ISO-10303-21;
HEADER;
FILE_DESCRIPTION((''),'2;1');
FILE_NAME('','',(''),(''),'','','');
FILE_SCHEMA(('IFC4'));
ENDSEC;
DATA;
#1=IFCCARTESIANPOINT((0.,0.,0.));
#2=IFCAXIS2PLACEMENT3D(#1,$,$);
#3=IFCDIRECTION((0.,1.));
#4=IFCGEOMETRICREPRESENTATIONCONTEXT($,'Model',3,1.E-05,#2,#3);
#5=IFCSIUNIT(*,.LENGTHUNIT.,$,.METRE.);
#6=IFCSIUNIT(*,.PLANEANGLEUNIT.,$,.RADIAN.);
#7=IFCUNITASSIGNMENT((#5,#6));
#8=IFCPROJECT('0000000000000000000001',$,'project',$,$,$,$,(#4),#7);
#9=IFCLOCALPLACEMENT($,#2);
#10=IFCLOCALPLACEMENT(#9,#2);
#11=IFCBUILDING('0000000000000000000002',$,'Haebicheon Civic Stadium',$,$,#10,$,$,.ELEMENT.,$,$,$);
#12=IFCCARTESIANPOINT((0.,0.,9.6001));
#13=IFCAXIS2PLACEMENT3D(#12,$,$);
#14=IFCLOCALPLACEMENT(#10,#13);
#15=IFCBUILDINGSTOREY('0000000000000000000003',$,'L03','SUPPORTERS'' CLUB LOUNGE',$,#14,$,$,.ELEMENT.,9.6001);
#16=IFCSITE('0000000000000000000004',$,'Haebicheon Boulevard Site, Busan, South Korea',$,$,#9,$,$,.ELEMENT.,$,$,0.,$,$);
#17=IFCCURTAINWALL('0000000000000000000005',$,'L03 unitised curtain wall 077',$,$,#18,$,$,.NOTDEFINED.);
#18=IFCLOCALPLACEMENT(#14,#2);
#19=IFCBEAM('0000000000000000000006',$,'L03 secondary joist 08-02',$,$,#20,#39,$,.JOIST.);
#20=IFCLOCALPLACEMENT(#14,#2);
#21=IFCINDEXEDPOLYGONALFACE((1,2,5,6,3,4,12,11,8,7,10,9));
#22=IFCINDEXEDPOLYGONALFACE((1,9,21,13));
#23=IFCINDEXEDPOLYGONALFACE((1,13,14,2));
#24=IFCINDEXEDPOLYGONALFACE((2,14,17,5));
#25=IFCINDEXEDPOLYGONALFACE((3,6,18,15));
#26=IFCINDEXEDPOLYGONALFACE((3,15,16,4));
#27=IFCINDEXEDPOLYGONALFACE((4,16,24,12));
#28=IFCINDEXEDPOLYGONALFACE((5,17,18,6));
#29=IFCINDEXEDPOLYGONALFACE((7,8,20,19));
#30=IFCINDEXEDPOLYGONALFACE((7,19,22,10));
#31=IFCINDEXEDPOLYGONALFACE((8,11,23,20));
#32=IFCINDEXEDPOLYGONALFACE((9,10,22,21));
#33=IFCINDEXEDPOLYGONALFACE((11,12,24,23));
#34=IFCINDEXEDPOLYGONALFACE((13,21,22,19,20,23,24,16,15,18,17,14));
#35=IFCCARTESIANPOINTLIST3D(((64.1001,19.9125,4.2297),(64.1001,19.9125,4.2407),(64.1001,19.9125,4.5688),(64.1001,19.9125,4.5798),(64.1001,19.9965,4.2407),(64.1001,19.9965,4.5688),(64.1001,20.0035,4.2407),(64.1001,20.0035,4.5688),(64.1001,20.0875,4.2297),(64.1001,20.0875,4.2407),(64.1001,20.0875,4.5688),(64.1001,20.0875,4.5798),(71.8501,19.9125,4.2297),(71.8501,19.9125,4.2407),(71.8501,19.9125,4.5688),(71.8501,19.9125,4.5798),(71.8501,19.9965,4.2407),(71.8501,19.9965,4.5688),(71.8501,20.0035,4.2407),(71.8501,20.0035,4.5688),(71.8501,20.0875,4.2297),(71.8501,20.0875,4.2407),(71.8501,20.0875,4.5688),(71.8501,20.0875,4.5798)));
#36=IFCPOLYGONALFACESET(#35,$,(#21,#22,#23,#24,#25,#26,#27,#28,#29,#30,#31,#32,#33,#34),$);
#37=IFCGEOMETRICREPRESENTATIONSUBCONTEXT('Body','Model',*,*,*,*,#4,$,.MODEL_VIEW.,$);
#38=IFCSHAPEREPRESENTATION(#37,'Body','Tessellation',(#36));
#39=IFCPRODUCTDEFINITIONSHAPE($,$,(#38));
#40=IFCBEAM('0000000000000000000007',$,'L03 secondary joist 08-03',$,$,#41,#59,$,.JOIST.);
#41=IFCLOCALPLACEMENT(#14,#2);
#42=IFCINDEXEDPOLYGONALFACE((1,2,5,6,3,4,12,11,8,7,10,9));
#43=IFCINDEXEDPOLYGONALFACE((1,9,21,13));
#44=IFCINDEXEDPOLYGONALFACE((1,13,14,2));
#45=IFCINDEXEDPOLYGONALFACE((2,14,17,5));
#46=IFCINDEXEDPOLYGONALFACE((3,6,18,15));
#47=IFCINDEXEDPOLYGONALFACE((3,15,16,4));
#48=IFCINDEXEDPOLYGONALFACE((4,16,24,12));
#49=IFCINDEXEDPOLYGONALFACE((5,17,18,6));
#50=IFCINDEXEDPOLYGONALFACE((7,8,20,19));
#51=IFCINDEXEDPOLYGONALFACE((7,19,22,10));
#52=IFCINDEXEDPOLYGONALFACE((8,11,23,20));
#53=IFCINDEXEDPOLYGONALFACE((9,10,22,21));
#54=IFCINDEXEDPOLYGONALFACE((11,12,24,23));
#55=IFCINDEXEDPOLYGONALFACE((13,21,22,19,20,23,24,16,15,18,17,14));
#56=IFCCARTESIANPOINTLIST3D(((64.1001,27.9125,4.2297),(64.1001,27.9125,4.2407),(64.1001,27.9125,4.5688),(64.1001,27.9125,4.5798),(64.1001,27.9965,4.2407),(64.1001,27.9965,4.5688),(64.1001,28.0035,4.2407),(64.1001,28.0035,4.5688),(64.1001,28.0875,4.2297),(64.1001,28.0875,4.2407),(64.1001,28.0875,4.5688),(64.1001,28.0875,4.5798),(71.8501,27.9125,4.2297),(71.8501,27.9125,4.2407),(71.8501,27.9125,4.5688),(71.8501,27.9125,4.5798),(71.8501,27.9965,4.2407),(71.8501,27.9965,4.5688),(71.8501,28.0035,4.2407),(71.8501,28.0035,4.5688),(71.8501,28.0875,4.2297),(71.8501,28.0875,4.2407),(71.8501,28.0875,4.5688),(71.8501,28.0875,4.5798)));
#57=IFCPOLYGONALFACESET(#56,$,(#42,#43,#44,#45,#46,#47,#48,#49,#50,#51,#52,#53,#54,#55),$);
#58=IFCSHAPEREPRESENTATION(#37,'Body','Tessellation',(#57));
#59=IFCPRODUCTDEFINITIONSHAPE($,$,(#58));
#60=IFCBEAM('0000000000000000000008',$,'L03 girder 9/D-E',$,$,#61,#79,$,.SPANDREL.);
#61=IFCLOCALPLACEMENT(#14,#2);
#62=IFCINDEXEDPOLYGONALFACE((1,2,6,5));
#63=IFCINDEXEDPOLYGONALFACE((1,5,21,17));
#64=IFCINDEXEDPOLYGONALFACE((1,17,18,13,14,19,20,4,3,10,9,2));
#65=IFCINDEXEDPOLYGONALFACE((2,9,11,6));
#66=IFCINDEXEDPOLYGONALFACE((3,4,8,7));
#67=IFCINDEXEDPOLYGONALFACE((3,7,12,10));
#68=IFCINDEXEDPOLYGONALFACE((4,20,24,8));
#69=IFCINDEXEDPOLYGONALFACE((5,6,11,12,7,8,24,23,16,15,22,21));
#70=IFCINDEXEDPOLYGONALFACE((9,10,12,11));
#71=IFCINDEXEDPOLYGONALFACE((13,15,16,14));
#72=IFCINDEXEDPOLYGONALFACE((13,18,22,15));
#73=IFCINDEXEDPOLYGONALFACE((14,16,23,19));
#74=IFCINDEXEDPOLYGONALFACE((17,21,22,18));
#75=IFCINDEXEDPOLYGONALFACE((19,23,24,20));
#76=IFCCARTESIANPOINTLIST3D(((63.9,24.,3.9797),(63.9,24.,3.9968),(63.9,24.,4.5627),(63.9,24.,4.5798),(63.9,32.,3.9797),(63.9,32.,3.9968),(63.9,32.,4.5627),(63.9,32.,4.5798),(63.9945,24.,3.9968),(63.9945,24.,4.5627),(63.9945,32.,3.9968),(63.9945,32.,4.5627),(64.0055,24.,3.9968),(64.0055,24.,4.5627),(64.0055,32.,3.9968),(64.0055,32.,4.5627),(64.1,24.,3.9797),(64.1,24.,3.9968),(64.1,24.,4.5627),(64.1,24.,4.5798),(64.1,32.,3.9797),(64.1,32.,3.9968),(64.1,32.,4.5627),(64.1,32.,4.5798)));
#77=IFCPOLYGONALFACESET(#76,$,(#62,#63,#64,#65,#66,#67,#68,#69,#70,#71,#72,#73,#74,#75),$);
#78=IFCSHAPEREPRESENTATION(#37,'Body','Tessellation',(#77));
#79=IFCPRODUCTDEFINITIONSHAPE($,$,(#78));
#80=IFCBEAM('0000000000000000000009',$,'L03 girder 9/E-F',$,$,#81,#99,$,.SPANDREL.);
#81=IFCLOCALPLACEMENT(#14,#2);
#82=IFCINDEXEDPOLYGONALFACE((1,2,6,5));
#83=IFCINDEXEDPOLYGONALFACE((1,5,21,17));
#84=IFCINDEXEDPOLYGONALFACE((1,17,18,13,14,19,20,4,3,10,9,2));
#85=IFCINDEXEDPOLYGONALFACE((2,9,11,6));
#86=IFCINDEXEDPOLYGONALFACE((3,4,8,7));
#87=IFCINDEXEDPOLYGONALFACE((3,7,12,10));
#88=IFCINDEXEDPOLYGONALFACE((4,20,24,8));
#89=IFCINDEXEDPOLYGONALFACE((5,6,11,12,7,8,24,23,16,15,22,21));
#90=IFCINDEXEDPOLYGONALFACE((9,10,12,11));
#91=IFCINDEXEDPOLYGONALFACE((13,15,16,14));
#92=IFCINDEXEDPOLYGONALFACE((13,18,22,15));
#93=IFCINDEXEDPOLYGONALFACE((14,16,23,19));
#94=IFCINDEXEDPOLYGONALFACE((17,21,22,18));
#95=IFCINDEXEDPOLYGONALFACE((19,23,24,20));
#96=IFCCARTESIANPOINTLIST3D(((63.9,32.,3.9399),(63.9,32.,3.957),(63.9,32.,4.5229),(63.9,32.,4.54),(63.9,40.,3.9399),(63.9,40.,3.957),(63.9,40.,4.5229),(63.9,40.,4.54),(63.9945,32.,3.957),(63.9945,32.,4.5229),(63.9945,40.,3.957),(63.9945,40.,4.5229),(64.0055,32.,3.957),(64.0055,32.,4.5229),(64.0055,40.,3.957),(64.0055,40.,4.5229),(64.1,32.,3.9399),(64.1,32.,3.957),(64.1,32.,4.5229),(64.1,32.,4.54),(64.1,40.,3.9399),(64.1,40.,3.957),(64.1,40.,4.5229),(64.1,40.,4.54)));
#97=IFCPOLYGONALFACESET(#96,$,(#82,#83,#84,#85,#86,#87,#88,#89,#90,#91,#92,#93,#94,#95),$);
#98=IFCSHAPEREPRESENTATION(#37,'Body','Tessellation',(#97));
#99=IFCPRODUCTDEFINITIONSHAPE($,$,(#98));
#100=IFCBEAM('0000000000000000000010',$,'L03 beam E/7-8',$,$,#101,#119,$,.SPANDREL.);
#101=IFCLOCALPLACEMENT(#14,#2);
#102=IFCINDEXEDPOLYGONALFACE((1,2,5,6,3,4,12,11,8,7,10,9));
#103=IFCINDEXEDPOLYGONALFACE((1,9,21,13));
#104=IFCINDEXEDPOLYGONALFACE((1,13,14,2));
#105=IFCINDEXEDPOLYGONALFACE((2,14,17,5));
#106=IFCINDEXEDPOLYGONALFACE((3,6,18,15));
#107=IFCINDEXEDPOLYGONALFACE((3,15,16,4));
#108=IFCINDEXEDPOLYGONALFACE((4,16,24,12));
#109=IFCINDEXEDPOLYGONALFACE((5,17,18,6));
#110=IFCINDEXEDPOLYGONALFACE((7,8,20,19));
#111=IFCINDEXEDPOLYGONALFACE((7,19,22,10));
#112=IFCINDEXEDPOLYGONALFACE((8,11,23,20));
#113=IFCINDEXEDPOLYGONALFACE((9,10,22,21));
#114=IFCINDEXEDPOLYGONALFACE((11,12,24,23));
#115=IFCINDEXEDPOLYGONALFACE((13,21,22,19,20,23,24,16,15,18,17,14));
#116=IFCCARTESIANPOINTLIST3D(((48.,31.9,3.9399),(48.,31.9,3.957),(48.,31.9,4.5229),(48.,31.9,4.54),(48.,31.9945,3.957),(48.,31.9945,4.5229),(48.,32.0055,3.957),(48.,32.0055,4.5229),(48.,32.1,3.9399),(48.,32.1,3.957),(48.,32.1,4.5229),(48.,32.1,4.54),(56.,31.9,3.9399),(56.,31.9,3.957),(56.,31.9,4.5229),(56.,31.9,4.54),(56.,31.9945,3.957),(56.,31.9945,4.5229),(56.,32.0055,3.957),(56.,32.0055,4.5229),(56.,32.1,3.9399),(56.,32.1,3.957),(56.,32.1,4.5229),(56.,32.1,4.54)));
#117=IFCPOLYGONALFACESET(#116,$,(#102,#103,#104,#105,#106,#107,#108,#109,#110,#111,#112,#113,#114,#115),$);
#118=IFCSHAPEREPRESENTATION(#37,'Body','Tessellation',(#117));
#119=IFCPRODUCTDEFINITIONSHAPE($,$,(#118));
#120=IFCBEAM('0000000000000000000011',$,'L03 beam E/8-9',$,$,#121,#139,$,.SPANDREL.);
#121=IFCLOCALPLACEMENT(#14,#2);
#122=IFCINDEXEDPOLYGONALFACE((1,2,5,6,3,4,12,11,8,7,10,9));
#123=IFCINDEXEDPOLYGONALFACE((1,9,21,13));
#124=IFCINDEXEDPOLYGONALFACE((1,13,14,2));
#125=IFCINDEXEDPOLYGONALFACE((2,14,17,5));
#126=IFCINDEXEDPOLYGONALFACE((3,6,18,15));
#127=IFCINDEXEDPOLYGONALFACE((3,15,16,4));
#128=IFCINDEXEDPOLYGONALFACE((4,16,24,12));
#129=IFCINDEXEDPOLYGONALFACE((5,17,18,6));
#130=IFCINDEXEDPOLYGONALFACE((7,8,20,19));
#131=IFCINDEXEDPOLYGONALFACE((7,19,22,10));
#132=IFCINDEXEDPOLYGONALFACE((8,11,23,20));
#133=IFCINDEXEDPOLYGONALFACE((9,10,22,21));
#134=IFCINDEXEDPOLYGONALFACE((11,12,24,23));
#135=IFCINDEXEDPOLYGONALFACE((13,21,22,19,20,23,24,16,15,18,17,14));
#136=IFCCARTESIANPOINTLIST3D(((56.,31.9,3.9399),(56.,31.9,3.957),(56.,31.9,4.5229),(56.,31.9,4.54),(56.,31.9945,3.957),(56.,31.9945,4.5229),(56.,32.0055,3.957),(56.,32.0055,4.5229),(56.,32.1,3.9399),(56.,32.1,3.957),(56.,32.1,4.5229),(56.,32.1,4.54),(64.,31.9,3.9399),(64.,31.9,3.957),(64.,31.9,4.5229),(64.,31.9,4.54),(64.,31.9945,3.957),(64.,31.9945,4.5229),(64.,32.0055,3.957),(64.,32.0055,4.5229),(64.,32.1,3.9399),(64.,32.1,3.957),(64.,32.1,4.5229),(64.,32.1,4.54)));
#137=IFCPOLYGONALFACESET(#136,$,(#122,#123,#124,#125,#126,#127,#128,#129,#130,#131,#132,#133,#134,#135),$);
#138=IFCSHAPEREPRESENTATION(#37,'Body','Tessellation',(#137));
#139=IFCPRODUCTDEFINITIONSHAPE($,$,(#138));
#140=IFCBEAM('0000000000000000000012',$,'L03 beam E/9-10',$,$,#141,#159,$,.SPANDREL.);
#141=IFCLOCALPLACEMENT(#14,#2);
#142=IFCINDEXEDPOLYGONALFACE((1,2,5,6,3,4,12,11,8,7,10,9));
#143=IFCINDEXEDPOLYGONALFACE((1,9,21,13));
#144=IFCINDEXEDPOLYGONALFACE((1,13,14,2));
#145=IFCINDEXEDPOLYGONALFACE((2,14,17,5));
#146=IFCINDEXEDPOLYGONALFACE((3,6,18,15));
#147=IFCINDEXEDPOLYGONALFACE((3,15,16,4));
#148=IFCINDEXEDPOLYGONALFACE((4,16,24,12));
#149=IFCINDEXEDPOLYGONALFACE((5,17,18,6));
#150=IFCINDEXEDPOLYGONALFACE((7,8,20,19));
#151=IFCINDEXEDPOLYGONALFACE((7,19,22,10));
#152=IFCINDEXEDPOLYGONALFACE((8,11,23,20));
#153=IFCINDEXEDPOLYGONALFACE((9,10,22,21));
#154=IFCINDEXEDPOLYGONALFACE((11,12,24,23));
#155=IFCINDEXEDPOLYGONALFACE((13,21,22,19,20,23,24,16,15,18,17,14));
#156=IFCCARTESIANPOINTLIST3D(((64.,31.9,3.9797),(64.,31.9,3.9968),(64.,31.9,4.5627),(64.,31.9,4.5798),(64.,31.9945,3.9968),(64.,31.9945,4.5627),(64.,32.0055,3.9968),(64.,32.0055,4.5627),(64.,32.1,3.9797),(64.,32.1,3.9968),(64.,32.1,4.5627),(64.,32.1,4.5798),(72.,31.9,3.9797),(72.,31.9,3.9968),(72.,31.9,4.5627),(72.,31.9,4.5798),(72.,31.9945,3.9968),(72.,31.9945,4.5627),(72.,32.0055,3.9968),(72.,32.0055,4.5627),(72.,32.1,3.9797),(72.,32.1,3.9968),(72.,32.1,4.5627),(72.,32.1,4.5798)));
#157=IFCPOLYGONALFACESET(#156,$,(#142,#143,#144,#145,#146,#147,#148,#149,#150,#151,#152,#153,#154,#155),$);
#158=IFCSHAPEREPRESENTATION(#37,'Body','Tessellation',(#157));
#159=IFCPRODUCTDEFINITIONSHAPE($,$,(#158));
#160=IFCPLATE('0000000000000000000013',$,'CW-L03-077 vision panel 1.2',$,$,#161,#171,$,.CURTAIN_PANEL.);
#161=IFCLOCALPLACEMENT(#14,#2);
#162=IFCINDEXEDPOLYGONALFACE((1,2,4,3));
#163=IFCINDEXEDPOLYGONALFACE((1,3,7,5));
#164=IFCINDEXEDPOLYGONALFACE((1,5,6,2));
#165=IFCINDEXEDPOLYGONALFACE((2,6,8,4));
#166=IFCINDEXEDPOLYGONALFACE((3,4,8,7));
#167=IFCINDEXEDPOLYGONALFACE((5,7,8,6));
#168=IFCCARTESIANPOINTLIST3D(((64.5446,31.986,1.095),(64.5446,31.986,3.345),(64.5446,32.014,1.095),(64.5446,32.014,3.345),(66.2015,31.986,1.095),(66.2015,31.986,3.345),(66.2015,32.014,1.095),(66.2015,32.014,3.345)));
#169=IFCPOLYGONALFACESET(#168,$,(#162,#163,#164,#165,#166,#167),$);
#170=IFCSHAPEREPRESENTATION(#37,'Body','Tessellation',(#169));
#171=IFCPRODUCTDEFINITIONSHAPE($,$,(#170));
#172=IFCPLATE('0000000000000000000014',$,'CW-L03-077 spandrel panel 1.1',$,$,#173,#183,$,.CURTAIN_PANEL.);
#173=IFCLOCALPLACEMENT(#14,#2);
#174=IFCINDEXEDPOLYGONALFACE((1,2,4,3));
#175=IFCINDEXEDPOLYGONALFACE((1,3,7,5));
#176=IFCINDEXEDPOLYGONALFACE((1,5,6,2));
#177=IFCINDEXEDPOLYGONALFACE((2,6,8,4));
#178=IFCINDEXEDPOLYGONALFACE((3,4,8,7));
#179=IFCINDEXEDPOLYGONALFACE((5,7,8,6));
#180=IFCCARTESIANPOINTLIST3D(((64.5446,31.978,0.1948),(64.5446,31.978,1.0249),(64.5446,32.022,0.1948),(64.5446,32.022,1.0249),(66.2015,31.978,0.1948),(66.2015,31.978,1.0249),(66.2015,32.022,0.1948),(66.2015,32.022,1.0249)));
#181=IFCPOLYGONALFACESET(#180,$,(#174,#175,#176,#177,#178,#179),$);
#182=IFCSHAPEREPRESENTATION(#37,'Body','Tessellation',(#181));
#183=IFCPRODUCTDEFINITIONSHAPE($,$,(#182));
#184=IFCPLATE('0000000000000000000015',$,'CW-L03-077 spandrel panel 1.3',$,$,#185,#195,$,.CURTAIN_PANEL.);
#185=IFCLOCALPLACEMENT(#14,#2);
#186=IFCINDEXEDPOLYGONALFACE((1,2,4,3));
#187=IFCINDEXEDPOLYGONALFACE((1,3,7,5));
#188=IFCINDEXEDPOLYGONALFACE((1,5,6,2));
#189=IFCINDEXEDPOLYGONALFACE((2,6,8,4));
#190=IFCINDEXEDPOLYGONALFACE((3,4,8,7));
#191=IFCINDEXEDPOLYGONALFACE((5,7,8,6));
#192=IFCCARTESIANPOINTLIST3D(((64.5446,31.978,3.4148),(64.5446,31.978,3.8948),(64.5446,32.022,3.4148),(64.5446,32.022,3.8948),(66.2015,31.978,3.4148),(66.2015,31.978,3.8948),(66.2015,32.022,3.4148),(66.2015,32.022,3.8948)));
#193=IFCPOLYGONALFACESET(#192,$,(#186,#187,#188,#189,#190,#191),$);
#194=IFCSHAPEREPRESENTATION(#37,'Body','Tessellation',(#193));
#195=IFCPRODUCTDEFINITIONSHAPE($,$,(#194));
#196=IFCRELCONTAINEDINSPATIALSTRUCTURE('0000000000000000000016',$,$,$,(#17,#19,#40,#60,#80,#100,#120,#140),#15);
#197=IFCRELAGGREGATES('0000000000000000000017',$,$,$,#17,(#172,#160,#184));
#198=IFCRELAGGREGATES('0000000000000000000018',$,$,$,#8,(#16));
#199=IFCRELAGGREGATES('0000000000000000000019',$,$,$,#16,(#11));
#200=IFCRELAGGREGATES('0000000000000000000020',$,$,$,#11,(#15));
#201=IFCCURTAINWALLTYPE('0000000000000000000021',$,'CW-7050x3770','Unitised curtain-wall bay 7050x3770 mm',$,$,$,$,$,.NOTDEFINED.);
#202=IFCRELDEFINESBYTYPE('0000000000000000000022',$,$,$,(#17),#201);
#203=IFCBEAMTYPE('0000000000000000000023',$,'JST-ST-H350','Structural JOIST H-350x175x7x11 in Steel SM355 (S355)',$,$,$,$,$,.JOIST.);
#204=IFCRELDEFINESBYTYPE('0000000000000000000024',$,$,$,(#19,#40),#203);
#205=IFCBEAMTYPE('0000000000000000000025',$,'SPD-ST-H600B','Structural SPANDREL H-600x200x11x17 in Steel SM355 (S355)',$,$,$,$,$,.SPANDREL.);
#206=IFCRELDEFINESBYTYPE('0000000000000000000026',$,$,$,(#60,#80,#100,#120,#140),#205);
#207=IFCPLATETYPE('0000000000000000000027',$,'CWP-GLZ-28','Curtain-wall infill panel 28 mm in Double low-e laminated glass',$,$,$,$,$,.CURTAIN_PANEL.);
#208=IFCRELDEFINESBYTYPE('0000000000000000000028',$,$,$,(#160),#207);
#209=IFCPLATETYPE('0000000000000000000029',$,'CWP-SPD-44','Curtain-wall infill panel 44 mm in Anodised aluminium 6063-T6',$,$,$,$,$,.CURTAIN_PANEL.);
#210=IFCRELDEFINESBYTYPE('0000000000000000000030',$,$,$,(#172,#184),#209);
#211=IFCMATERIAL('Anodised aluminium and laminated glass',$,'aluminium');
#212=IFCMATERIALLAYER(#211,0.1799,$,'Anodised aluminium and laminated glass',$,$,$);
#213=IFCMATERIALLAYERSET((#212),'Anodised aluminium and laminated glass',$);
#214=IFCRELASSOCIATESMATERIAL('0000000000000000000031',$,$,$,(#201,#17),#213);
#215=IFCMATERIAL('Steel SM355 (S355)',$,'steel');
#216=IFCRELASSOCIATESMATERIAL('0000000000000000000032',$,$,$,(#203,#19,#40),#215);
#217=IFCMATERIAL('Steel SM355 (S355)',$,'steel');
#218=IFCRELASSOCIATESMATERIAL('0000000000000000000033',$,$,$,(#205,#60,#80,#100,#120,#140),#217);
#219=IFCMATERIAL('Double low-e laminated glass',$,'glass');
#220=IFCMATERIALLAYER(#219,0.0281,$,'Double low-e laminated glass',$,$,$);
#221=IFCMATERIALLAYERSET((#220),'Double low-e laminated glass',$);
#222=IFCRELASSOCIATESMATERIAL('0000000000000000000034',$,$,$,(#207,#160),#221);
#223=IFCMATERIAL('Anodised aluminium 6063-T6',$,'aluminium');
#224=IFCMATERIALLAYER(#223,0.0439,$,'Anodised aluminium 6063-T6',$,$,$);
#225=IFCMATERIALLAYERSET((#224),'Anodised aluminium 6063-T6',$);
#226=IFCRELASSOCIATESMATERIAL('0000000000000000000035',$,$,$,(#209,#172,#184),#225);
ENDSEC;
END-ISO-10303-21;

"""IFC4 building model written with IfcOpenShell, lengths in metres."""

from ifc_helpers import new_model, si_unit, direction, frame, origin, origin_2d, place, context, subcontext, project, spatial, rectangle, i_section, extrude, material, layer, layer_set, material_profile, profile_set, type_object, element, aggregate, save


model = new_model("IFC4")

# Units and contexts
model_context = context("Model", 3, precision=1e-05, world=origin(), true_north=direction((0.0, 1.0)))
body_context = subcontext(model_context, "Body", "Model", "MODEL_VIEW")
ifc_project = project(units=[si_unit("LENGTHUNIT", "METRE"), si_unit("PLANEANGLEUNIT", "RADIAN")], contexts=[model_context])

# Site, building, storey
site_placement = place(None, origin())
site = spatial("IfcSite", under=ifc_project, at=site_placement, Name="Haebicheon Boulevard Site, Busan, South Korea", CompositionType="ELEMENT", RefElevation=0.0)
building_placement = place(site_placement, origin())
building = spatial("IfcBuilding", under=site, at=building_placement, Name="Haebicheon Civic Stadium", CompositionType="ELEMENT")
storey_placement = place(building_placement, frame((0.0, 0.0, 9.6001)))
storey = spatial("IfcBuildingStorey", under=building, at=storey_placement, Name="L03", Description="SUPPORTERS' CLUB LOUNGE", CompositionType="ELEMENT", Elevation=9.6001)

# Shared definitions
ifc_material_1 = material(Name="Anodised aluminium and laminated glass", Category="aluminium")
ifc_layer_1 = layer(ifc_material_1, 0.1799, Name="Anodised aluminium and laminated glass")
ifc_layer_set_1 = layer_set([ifc_layer_1], Name="Anodised aluminium and laminated glass")
curtain_wall_type = type_object("IfcCurtainWallType", Name="CW-7050x3770", Description="Unitised curtain-wall bay 7050x3770 mm", PredefinedType="NOTDEFINED", material=ifc_layer_set_1)

# Curtain wall
curtain_wall_1_placement = place(storey_placement, origin())
curtain_wall_1 = element("IfcCurtainWall", 1, at=curtain_wall_1_placement, inside=storey, type_object=curtain_wall_type, material=ifc_layer_set_1, Name="L03 unitised curtain wall 077", PredefinedType="NOTDEFINED")

# Beams
ifc_material_2 = material(Name="Steel SM355 (S355)", Category="steel")
ifc_material_profile_1 = material_profile(ifc_material_2, i_section(OverallWidth=0.175, OverallDepth=0.3501, WebThickness=0.0071, FlangeThickness=0.011, at=origin_2d()), Name="H-350x175x7x11")
ifc_profile_set_1 = profile_set([ifc_material_profile_1], Name="Steel SM355 (S355)")
beam_type_1 = type_object("IfcBeamType", Name="JST-ST-H350", Description="Structural JOIST H-350x175x7x11 in Steel SM355 (S355)", PredefinedType="JOIST", material=ifc_profile_set_1)
for number, where, z_axis, x_axis, name in (
    (2, (64.1001, 20.0, 4.4048), (1.0, 0.0, 0.0), (0.0, 1.0, 0.0), "L03 secondary joist 08-02"),
    (3, (64.1001, 28.0, 4.4048), (1.0, 0.0, 0.0), (0.0, 1.0, 0.0), "L03 secondary joist 08-03"),
):
    element("IfcBeam", number, at=place(storey_placement, frame(where, z_axis=z_axis, x_axis=x_axis)), inside=storey, type_object=beam_type_1, material=ifc_profile_set_1, Name=name, PredefinedType="JOIST", context=body_context, shape_type="SweptSolid", body=[
        extrude(i_section(OverallWidth=0.175, OverallDepth=0.3501, WebThickness=0.0071, FlangeThickness=0.011, at=origin_2d()), origin(), (0.0, 0.0, 1.0), 7.75),
    ])
ifc_material_3 = material(Name="Steel SM355 (S355)", Category="steel")
ifc_material_profile_2 = material_profile(ifc_material_3, i_section(OverallWidth=0.2, OverallDepth=0.6001, WebThickness=0.011, FlangeThickness=0.0171, at=origin_2d()), Name="H-600x200x11x17")
ifc_profile_set_2 = profile_set([ifc_material_profile_2], Name="Steel SM355 (S355)")
beam_type_2 = type_object("IfcBeamType", Name="SPD-ST-H600B", Description="Structural SPANDREL H-600x200x11x17 in Steel SM355 (S355)", PredefinedType="SPANDREL", material=ifc_profile_set_2)
for number, where, z_axis, x_axis, name in (
    (4, (64.0, 24.0, 4.2798), (0.0, 1.0, 0.0), (-1.0, 0.0, 0.0), "L03 girder 9/D-E"),
    (5, (64.0, 32.0, 4.24), (0.0, 1.0, 0.0), (-1.0, 0.0, 0.0), "L03 girder 9/E-F"),
    (6, (48.0, 32.0, 4.24), (1.0, 0.0, 0.0), (0.0, 1.0, 0.0), "L03 beam E/7-8"),
    (7, (56.0, 32.0, 4.24), (1.0, 0.0, 0.0), (0.0, 1.0, 0.0), "L03 beam E/8-9"),
    (8, (64.0, 32.0, 4.2798), (1.0, 0.0, 0.0), (0.0, 1.0, 0.0), "L03 beam E/9-10"),
):
    element("IfcBeam", number, at=place(storey_placement, frame(where, z_axis=z_axis, x_axis=x_axis)), inside=storey, type_object=beam_type_2, material=ifc_profile_set_2, Name=name, PredefinedType="SPANDREL", context=body_context, shape_type="SweptSolid", body=[
        extrude(i_section(OverallWidth=0.2, OverallDepth=0.6001, WebThickness=0.011, FlangeThickness=0.0171, at=origin_2d()), origin(), (0.0, 0.0, 1.0), 8.0),
    ])

# Plates
ifc_material_4 = material(Name="Double low-e laminated glass", Category="glass")
ifc_layer_2 = layer(ifc_material_4, 0.0281, Name="Double low-e laminated glass")
ifc_layer_set_2 = layer_set([ifc_layer_2], Name="Double low-e laminated glass")
plate_type_1 = type_object("IfcPlateType", Name="CWP-GLZ-28", Description="Curtain-wall infill panel 28 mm in Double low-e laminated glass", PredefinedType="CURTAIN_PANEL", material=ifc_layer_set_2)
plate_1_placement = place(storey_placement, frame((65.373, 32.0, 1.095), z_axis=(0.0, 0.0, 1.0), x_axis=(1.0, 0.0, 0.0)))
plate_1 = element("IfcPlate", 9, at=plate_1_placement, type_object=plate_type_1, material=ifc_layer_set_2, Name="CW-L03-077 vision panel 1.2", PredefinedType="CURTAIN_PANEL", context=body_context, shape_type="SweptSolid", body=[
    extrude(rectangle(XDim=1.657, YDim=0.0281, at=origin_2d()), origin(), (0.0, 0.0, 1.0), 2.25),
])
ifc_material_5 = material(Name="Anodised aluminium 6063-T6", Category="aluminium")
ifc_layer_3 = layer(ifc_material_5, 0.0439, Name="Anodised aluminium 6063-T6")
ifc_layer_set_3 = layer_set([ifc_layer_3], Name="Anodised aluminium 6063-T6")
plate_type_2 = type_object("IfcPlateType", Name="CWP-SPD-44", Description="Curtain-wall infill panel 44 mm in Anodised aluminium 6063-T6", PredefinedType="CURTAIN_PANEL", material=ifc_layer_set_3)
plate_2_placement = place(storey_placement, frame((65.373, 32.0, 0.1948), z_axis=(0.0, 0.0, 1.0), x_axis=(1.0, 0.0, 0.0)))
plate_2 = element("IfcPlate", 10, at=plate_2_placement, type_object=plate_type_2, material=ifc_layer_set_3, Name="CW-L03-077 spandrel panel 1.1", PredefinedType="CURTAIN_PANEL", context=body_context, shape_type="SweptSolid", body=[
    extrude(rectangle(XDim=1.657, YDim=0.0439, at=origin_2d()), origin(), (0.0, 0.0, 1.0), 0.8301),
])
plate_3_placement = place(storey_placement, frame((65.373, 32.0, 3.4148), z_axis=(0.0, 0.0, 1.0), x_axis=(1.0, 0.0, 0.0)))
plate_3 = element("IfcPlate", 11, at=plate_3_placement, type_object=plate_type_2, material=ifc_layer_set_3, Name="CW-L03-077 spandrel panel 1.3", PredefinedType="CURTAIN_PANEL", context=body_context, shape_type="SweptSolid", body=[
    extrude(rectangle(XDim=1.657, YDim=0.0439, at=origin_2d()), origin(), (0.0, 0.0, 1.0), 0.48),
])
aggregate(curtain_wall_1, [plate_2, plate_1, plate_3])

save(model, "model.ifc")
